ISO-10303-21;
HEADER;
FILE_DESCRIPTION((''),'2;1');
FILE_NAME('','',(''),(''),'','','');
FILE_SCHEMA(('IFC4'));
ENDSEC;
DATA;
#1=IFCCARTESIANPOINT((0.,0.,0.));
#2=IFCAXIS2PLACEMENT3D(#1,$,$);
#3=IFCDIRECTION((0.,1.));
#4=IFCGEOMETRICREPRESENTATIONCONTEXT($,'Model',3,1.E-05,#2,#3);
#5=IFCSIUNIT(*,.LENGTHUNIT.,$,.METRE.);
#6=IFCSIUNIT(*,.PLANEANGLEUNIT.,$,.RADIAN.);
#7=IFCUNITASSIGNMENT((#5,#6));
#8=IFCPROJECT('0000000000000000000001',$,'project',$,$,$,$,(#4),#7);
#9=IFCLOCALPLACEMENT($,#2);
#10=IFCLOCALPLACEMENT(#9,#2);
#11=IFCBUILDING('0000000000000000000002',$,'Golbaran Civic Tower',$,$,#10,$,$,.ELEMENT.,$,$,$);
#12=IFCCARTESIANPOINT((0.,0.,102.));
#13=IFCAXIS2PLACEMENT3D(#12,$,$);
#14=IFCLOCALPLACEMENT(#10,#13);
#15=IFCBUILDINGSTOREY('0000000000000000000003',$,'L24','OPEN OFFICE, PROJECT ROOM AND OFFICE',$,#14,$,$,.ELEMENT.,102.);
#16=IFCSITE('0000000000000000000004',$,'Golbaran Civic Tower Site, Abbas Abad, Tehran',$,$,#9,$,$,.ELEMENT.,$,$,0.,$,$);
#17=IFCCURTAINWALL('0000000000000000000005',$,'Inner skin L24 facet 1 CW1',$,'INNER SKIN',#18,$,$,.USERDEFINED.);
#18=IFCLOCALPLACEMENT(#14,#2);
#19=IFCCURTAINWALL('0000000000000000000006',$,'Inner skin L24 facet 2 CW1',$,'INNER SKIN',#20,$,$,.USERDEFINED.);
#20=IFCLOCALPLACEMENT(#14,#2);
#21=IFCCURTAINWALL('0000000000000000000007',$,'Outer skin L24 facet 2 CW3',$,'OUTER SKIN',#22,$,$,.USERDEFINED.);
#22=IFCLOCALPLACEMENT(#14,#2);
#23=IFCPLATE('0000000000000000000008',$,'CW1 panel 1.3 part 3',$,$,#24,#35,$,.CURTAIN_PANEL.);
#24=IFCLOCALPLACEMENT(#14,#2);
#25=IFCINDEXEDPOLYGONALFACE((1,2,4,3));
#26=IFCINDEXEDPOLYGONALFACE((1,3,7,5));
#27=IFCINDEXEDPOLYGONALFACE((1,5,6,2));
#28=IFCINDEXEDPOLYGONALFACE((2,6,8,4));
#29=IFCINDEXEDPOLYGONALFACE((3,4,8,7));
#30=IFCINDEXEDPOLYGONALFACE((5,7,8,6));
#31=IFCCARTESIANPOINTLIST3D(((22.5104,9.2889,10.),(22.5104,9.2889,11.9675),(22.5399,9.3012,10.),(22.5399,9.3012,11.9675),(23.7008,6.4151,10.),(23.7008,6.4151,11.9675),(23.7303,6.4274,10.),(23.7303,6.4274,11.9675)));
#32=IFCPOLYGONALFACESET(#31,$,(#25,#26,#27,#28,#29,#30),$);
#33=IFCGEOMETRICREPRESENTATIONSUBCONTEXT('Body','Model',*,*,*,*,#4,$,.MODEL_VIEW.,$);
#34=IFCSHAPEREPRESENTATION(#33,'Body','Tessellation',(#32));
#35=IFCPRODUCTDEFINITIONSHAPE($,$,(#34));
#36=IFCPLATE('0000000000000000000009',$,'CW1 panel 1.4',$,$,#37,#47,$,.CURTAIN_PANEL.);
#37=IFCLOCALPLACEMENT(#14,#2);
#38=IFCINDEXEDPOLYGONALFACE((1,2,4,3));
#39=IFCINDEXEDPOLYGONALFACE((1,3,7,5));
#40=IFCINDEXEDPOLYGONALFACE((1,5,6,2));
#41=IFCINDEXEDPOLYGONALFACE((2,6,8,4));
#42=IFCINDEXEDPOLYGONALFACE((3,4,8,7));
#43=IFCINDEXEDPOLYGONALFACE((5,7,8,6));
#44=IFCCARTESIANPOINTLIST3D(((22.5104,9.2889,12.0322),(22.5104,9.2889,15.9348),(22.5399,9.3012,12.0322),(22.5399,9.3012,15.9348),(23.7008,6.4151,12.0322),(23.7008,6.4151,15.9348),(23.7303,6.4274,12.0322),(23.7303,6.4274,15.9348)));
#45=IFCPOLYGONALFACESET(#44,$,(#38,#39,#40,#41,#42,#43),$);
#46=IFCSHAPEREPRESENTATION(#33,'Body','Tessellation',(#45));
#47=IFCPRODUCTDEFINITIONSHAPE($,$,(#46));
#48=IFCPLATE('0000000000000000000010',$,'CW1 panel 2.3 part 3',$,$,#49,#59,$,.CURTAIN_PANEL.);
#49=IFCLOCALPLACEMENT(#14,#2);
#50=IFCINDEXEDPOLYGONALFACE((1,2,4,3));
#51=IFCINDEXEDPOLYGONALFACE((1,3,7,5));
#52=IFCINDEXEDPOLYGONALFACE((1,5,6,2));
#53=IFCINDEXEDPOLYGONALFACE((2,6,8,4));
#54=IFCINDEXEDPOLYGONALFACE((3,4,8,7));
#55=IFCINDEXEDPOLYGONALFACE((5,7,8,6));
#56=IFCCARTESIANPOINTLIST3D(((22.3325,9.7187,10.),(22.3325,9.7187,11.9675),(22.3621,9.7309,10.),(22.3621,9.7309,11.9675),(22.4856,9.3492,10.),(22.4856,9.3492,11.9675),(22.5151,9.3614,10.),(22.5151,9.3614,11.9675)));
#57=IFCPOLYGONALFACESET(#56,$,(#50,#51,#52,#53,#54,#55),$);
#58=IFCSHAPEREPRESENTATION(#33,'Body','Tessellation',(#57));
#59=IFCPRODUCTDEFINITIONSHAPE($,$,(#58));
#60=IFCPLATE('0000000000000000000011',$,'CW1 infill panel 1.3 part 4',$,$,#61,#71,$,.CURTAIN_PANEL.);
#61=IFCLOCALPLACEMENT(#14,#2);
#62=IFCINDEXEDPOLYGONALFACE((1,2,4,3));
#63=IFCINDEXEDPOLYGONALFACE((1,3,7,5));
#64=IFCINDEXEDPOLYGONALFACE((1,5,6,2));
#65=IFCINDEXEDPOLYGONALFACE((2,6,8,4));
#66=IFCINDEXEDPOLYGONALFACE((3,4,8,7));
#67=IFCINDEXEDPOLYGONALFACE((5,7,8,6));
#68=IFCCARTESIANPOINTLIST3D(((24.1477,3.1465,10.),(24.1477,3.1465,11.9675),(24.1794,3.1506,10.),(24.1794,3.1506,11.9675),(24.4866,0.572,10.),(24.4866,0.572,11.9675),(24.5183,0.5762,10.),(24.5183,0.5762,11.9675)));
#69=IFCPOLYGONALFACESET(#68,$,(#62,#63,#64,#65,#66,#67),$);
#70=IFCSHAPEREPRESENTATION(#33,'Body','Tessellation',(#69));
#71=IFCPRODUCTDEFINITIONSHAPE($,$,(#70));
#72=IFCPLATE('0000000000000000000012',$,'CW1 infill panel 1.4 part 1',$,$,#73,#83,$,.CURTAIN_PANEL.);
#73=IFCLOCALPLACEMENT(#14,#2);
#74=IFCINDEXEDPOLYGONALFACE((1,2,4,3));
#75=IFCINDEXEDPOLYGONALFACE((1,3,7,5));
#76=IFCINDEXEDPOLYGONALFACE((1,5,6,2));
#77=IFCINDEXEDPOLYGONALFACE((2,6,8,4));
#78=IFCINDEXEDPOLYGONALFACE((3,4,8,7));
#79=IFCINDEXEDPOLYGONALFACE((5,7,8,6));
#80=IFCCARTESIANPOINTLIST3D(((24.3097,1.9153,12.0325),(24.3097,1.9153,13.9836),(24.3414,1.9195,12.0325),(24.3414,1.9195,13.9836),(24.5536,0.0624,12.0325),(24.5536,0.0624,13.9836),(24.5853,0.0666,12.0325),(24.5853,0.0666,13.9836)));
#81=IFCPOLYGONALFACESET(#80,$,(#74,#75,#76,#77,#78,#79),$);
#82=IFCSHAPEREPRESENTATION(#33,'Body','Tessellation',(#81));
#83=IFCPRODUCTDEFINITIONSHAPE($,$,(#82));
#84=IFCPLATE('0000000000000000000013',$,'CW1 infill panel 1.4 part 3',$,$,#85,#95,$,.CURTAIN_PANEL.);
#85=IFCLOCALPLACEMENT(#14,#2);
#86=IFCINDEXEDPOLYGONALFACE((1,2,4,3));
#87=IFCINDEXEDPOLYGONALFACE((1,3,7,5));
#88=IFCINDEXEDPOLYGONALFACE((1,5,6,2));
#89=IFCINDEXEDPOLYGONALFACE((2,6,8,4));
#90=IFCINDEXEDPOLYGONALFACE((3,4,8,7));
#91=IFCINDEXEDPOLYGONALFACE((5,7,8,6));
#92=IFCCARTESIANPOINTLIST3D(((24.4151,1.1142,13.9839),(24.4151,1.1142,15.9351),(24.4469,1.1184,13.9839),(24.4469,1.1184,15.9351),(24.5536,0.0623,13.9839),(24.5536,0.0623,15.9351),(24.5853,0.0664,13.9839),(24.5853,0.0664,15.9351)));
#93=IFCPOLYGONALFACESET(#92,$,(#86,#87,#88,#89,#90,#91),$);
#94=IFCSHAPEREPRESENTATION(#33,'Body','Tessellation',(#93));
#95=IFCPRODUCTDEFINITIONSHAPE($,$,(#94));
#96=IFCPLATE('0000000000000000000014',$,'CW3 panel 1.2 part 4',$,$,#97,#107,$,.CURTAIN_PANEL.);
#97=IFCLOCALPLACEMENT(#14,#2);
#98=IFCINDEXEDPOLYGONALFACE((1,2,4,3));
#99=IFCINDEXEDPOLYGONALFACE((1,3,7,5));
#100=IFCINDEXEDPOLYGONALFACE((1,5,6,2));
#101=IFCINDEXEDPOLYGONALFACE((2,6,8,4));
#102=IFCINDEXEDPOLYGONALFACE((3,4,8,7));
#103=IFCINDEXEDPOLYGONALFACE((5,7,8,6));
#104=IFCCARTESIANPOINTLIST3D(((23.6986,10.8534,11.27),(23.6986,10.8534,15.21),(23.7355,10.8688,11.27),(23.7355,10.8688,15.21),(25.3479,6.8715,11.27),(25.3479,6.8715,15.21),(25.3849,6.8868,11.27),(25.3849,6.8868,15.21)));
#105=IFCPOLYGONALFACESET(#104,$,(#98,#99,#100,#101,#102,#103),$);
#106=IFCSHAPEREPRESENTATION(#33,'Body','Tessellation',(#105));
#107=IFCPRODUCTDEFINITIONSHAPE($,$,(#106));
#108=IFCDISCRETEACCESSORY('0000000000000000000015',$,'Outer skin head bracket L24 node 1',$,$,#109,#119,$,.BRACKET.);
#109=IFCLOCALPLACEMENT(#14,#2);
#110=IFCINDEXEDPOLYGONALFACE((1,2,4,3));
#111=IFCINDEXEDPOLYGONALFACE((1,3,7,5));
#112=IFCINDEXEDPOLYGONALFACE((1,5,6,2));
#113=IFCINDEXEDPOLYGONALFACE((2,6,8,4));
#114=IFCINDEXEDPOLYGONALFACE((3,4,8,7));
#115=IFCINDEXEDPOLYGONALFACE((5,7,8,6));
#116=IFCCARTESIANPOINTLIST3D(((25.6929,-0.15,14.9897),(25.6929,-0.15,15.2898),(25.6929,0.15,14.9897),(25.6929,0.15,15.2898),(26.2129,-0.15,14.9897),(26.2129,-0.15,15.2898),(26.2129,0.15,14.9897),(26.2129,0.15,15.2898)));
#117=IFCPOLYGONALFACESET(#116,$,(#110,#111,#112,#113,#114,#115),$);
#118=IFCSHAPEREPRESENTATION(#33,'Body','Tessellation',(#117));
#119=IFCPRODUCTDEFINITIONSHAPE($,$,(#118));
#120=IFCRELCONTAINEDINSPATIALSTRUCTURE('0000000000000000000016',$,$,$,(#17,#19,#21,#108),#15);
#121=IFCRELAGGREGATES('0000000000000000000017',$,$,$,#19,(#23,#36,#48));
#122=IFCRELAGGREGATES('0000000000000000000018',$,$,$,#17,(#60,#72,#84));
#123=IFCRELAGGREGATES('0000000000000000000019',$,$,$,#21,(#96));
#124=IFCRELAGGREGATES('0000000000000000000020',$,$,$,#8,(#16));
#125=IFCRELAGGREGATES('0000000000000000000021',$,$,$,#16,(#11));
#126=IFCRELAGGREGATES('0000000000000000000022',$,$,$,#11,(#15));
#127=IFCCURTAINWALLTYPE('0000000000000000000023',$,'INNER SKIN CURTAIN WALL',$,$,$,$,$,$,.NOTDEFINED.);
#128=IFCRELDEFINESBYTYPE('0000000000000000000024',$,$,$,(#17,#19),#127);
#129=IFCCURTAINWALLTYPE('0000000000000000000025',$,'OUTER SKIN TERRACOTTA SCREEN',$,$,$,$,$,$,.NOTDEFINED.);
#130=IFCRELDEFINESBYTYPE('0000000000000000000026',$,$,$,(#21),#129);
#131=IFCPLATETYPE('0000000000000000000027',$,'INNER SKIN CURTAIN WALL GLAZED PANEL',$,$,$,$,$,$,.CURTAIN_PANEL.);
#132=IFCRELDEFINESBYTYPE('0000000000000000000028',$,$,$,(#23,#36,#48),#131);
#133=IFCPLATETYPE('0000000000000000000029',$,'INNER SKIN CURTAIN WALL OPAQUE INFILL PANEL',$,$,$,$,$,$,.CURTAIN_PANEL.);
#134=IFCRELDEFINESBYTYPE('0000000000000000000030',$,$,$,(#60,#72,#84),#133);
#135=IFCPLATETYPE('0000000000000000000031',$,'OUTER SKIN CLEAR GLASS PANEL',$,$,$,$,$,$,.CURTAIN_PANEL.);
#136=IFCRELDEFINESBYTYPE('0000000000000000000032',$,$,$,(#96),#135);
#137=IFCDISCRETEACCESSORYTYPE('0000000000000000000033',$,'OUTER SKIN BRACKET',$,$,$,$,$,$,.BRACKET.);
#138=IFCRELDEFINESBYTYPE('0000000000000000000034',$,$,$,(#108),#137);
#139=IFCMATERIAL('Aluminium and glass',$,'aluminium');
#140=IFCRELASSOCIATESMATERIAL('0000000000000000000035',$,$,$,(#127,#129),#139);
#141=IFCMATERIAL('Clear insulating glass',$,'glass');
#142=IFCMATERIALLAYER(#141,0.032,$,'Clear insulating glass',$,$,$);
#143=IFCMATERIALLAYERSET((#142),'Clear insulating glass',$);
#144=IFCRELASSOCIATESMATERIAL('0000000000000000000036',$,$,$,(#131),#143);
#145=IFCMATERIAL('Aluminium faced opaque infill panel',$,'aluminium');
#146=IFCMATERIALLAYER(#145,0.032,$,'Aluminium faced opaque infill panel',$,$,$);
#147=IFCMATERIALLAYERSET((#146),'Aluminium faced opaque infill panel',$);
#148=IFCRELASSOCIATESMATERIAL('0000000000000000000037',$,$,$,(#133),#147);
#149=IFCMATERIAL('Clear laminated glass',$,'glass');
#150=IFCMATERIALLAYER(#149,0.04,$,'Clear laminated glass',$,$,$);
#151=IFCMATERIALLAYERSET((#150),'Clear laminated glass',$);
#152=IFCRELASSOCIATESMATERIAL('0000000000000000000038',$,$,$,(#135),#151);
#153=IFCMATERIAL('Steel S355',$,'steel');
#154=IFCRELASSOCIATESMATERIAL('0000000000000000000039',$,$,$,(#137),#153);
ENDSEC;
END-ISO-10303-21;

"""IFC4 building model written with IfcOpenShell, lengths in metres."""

from ifc_helpers import new_model, si_unit, direction, frame, origin, origin_2d, place, context, subcontext, project, spatial, rectangle, extrude, material, layer, layer_set, type_object, element, aggregate, save


model = new_model("IFC4")

# Units and contexts
model_context = context("Model", 3, precision=1e-05, world=origin(), true_north=direction((0.0, 1.0)))
body_context = subcontext(model_context, "Body", "Model", "MODEL_VIEW")
ifc_project = project(units=[si_unit("LENGTHUNIT", "METRE"), si_unit("PLANEANGLEUNIT", "RADIAN")], contexts=[model_context])

# Site, building, storey
site_placement = place(None, origin())
site = spatial("IfcSite", under=ifc_project, at=site_placement, Name="Golbaran Civic Tower Site, Abbas Abad, Tehran", CompositionType="ELEMENT", RefElevation=0.0)
building_placement = place(site_placement, origin())
building = spatial("IfcBuilding", under=site, at=building_placement, Name="Golbaran Civic Tower", CompositionType="ELEMENT")
storey_placement = place(building_placement, frame((0.0, 0.0, 102.0)))
storey = spatial("IfcBuildingStorey", under=building, at=storey_placement, Name="L24", Description="OPEN OFFICE, PROJECT ROOM AND OFFICE", CompositionType="ELEMENT", Elevation=102.0)

# Curtain walls
ifc_material_1 = material(Name="Aluminium and glass", Category="aluminium")
curtain_wall_type_1 = type_object("IfcCurtainWallType", Name="INNER SKIN CURTAIN WALL", PredefinedType="NOTDEFINED", material=ifc_material_1)
curtain_wall_1_placement = place(storey_placement, origin())
curtain_wall_1 = element("IfcCurtainWall", 1, at=curtain_wall_1_placement, inside=storey, type_object=curtain_wall_type_1, Name="Inner skin L24 facet 1 CW1", ObjectType="INNER SKIN", PredefinedType="USERDEFINED")
curtain_wall_2_placement = place(storey_placement, origin())
curtain_wall_2 = element("IfcCurtainWall", 2, at=curtain_wall_2_placement, inside=storey, type_object=curtain_wall_type_1, Name="Inner skin L24 facet 2 CW1", ObjectType="INNER SKIN", PredefinedType="USERDEFINED")

# Curtain wall
curtain_wall_type_2 = type_object("IfcCurtainWallType", Name="OUTER SKIN TERRACOTTA SCREEN", PredefinedType="NOTDEFINED", material=ifc_material_1)
curtain_wall_3_placement = place(storey_placement, origin())
curtain_wall_3 = element("IfcCurtainWall", 3, at=curtain_wall_3_placement, inside=storey, type_object=curtain_wall_type_2, Name="Outer skin L24 facet 2 CW3", ObjectType="OUTER SKIN", PredefinedType="USERDEFINED")

# Plates
ifc_material_2 = material(Name="Clear insulating glass", Category="glass")
ifc_layer_1 = layer(ifc_material_2, 0.032, Name="Clear insulating glass")
ifc_layer_set_1 = layer_set([ifc_layer_1], Name="Clear insulating glass")
plate_type_1 = type_object("IfcPlateType", Name="INNER SKIN CURTAIN WALL GLAZED PANEL", PredefinedType="CURTAIN_PANEL", material=ifc_layer_set_1)
plate_1_placement = place(storey_placement, frame((23.1204, 7.8582, 10.0), z_axis=(0.0, 0.0, 1.0), x_axis=(-0.382683, 0.92388, 0.0)))
plate_1 = element("IfcPlate", 4, at=plate_1_placement, type_object=plate_type_1, Name="CW1 panel 1.3 part 3", PredefinedType="CURTAIN_PANEL", context=body_context, shape_type="SweptSolid", body=[
    extrude(rectangle(XDim=3.1106, YDim=0.032, at=origin_2d()), origin(), (0.0, 0.0, 1.0), 1.9675),
])
plate_2_placement = place(storey_placement, frame((23.1204, 7.8582, 12.0322), z_axis=(0.0, 0.0, 1.0), x_axis=(-0.382683, 0.92388, 0.0)))
plate_2 = element("IfcPlate", 5, at=plate_2_placement, type_object=plate_type_1, Name="CW1 panel 1.4", PredefinedType="CURTAIN_PANEL", context=body_context, shape_type="SweptSolid", body=[
    extrude(rectangle(XDim=3.1106, YDim=0.032, at=origin_2d()), origin(), (0.0, 0.0, 1.0), 3.9026),
])
plate_3_placement = place(storey_placement, frame((22.4238, 9.54, 10.0), z_axis=(0.0, 0.0, 1.0), x_axis=(-0.382683, 0.92388, 0.0)))
plate_3 = element("IfcPlate", 6, at=plate_3_placement, type_object=plate_type_1, Name="CW1 panel 2.3 part 3", PredefinedType="CURTAIN_PANEL", context=body_context, shape_type="SweptSolid", body=[
    extrude(rectangle(XDim=0.3999, YDim=0.032, at=origin_2d()), origin(), (0.0, 0.0, 1.0), 1.9675),
])
aggregate(curtain_wall_2, [plate_1, plate_2, plate_3])
ifc_material_3 = material(Name="Aluminium faced opaque infill panel", Category="aluminium")
ifc_layer_2 = layer(ifc_material_3, 0.032, Name="Aluminium faced opaque infill panel")
ifc_layer_set_2 = layer_set([ifc_layer_2], Name="Aluminium faced opaque infill panel")
plate_type_2 = type_object("IfcPlateType", Name="INNER SKIN CURTAIN WALL OPAQUE INFILL PANEL", PredefinedType="CURTAIN_PANEL", material=ifc_layer_set_2)
plate_4_placement = place(storey_placement, frame((24.333, 1.8613, 10.0), z_axis=(0.0, 0.0, 1.0), x_axis=(-0.130526, 0.991445, 0.0)))
plate_4 = element("IfcPlate", 7, at=plate_4_placement, type_object=plate_type_2, Name="CW1 infill panel 1.3 part 4", PredefinedType="CURTAIN_PANEL", context=body_context, shape_type="SweptSolid", body=[
    extrude(rectangle(XDim=2.5967, YDim=0.032, at=origin_2d()), origin(), (0.0, 0.0, 1.0), 1.9675),
])
plate_5_placement = place(storey_placement, frame((24.4475, 0.991, 12.0325), z_axis=(0.0, 0.0, 1.0), x_axis=(-0.130526, 0.991445, 0.0)))
plate_5 = element("IfcPlate", 8, at=plate_5_placement, type_object=plate_type_2, Name="CW1 infill panel 1.4 part 1", PredefinedType="CURTAIN_PANEL", context=body_context, shape_type="SweptSolid", body=[
    extrude(rectangle(XDim=1.8689, YDim=0.032, at=origin_2d()), origin(), (0.0, 0.0, 1.0), 1.9512),
])
plate_6_placement = place(storey_placement, frame((24.5002, 0.5903, 13.9839), z_axis=(0.0, 0.0, 1.0), x_axis=(-0.130526, 0.991445, 0.0)))
plate_6 = element("IfcPlate", 9, at=plate_6_placement, type_object=plate_type_2, Name="CW1 infill panel 1.4 part 3", PredefinedType="CURTAIN_PANEL", context=body_context, shape_type="SweptSolid", body=[
    extrude(rectangle(XDim=1.061, YDim=0.032, at=origin_2d()), origin(), (0.0, 0.0, 1.0), 1.9512),
])
aggregate(curtain_wall_1, [plate_4, plate_5, plate_6])
ifc_material_4 = material(Name="Clear laminated glass", Category="glass")
ifc_layer_3 = layer(ifc_material_4, 0.04, Name="Clear laminated glass")
ifc_layer_set_3 = layer_set([ifc_layer_3], Name="Clear laminated glass")
plate_type_3 = type_object("IfcPlateType", Name="OUTER SKIN CLEAR GLASS PANEL", PredefinedType="CURTAIN_PANEL", material=ifc_layer_set_3)
plate_7_placement = place(storey_placement, frame((24.5417, 8.8701, 11.27), z_axis=(0.0, 0.0, 1.0), x_axis=(-0.382683, 0.92388, 0.0)))
plate_7 = element("IfcPlate", 10, at=plate_7_placement, type_object=plate_type_3, Name="CW3 panel 1.2 part 4", PredefinedType="CURTAIN_PANEL", context=body_context, shape_type="SweptSolid", body=[
    extrude(rectangle(XDim=4.3101, YDim=0.04, at=origin_2d()), origin(), (0.0, 0.0, 1.0), 3.9399),
])
aggregate(curtain_wall_3, [plate_7])

# Discrete accessory
ifc_material_5 = material(Name="Steel S355", Category="steel")
discrete_accessory_type = type_object("IfcDiscreteAccessoryType", Name="OUTER SKIN BRACKET", PredefinedType="BRACKET", material=ifc_material_5)
discrete_accessory_placement = place(storey_placement, frame((25.9529, 0.0, 14.9897), z_axis=(0.0, 0.0, 1.0), x_axis=(1.0, 0.0, 0.0)))
element("IfcDiscreteAccessory", 11, at=discrete_accessory_placement, inside=storey, type_object=discrete_accessory_type, Name="Outer skin head bracket L24 node 1", PredefinedType="BRACKET", context=body_context, shape_type="SweptSolid", body=[
    extrude(rectangle(XDim=0.52, YDim=0.3, at=origin_2d()), origin(), (0.0, 0.0, 1.0), 0.3),
])

save(model, "model.ifc")
